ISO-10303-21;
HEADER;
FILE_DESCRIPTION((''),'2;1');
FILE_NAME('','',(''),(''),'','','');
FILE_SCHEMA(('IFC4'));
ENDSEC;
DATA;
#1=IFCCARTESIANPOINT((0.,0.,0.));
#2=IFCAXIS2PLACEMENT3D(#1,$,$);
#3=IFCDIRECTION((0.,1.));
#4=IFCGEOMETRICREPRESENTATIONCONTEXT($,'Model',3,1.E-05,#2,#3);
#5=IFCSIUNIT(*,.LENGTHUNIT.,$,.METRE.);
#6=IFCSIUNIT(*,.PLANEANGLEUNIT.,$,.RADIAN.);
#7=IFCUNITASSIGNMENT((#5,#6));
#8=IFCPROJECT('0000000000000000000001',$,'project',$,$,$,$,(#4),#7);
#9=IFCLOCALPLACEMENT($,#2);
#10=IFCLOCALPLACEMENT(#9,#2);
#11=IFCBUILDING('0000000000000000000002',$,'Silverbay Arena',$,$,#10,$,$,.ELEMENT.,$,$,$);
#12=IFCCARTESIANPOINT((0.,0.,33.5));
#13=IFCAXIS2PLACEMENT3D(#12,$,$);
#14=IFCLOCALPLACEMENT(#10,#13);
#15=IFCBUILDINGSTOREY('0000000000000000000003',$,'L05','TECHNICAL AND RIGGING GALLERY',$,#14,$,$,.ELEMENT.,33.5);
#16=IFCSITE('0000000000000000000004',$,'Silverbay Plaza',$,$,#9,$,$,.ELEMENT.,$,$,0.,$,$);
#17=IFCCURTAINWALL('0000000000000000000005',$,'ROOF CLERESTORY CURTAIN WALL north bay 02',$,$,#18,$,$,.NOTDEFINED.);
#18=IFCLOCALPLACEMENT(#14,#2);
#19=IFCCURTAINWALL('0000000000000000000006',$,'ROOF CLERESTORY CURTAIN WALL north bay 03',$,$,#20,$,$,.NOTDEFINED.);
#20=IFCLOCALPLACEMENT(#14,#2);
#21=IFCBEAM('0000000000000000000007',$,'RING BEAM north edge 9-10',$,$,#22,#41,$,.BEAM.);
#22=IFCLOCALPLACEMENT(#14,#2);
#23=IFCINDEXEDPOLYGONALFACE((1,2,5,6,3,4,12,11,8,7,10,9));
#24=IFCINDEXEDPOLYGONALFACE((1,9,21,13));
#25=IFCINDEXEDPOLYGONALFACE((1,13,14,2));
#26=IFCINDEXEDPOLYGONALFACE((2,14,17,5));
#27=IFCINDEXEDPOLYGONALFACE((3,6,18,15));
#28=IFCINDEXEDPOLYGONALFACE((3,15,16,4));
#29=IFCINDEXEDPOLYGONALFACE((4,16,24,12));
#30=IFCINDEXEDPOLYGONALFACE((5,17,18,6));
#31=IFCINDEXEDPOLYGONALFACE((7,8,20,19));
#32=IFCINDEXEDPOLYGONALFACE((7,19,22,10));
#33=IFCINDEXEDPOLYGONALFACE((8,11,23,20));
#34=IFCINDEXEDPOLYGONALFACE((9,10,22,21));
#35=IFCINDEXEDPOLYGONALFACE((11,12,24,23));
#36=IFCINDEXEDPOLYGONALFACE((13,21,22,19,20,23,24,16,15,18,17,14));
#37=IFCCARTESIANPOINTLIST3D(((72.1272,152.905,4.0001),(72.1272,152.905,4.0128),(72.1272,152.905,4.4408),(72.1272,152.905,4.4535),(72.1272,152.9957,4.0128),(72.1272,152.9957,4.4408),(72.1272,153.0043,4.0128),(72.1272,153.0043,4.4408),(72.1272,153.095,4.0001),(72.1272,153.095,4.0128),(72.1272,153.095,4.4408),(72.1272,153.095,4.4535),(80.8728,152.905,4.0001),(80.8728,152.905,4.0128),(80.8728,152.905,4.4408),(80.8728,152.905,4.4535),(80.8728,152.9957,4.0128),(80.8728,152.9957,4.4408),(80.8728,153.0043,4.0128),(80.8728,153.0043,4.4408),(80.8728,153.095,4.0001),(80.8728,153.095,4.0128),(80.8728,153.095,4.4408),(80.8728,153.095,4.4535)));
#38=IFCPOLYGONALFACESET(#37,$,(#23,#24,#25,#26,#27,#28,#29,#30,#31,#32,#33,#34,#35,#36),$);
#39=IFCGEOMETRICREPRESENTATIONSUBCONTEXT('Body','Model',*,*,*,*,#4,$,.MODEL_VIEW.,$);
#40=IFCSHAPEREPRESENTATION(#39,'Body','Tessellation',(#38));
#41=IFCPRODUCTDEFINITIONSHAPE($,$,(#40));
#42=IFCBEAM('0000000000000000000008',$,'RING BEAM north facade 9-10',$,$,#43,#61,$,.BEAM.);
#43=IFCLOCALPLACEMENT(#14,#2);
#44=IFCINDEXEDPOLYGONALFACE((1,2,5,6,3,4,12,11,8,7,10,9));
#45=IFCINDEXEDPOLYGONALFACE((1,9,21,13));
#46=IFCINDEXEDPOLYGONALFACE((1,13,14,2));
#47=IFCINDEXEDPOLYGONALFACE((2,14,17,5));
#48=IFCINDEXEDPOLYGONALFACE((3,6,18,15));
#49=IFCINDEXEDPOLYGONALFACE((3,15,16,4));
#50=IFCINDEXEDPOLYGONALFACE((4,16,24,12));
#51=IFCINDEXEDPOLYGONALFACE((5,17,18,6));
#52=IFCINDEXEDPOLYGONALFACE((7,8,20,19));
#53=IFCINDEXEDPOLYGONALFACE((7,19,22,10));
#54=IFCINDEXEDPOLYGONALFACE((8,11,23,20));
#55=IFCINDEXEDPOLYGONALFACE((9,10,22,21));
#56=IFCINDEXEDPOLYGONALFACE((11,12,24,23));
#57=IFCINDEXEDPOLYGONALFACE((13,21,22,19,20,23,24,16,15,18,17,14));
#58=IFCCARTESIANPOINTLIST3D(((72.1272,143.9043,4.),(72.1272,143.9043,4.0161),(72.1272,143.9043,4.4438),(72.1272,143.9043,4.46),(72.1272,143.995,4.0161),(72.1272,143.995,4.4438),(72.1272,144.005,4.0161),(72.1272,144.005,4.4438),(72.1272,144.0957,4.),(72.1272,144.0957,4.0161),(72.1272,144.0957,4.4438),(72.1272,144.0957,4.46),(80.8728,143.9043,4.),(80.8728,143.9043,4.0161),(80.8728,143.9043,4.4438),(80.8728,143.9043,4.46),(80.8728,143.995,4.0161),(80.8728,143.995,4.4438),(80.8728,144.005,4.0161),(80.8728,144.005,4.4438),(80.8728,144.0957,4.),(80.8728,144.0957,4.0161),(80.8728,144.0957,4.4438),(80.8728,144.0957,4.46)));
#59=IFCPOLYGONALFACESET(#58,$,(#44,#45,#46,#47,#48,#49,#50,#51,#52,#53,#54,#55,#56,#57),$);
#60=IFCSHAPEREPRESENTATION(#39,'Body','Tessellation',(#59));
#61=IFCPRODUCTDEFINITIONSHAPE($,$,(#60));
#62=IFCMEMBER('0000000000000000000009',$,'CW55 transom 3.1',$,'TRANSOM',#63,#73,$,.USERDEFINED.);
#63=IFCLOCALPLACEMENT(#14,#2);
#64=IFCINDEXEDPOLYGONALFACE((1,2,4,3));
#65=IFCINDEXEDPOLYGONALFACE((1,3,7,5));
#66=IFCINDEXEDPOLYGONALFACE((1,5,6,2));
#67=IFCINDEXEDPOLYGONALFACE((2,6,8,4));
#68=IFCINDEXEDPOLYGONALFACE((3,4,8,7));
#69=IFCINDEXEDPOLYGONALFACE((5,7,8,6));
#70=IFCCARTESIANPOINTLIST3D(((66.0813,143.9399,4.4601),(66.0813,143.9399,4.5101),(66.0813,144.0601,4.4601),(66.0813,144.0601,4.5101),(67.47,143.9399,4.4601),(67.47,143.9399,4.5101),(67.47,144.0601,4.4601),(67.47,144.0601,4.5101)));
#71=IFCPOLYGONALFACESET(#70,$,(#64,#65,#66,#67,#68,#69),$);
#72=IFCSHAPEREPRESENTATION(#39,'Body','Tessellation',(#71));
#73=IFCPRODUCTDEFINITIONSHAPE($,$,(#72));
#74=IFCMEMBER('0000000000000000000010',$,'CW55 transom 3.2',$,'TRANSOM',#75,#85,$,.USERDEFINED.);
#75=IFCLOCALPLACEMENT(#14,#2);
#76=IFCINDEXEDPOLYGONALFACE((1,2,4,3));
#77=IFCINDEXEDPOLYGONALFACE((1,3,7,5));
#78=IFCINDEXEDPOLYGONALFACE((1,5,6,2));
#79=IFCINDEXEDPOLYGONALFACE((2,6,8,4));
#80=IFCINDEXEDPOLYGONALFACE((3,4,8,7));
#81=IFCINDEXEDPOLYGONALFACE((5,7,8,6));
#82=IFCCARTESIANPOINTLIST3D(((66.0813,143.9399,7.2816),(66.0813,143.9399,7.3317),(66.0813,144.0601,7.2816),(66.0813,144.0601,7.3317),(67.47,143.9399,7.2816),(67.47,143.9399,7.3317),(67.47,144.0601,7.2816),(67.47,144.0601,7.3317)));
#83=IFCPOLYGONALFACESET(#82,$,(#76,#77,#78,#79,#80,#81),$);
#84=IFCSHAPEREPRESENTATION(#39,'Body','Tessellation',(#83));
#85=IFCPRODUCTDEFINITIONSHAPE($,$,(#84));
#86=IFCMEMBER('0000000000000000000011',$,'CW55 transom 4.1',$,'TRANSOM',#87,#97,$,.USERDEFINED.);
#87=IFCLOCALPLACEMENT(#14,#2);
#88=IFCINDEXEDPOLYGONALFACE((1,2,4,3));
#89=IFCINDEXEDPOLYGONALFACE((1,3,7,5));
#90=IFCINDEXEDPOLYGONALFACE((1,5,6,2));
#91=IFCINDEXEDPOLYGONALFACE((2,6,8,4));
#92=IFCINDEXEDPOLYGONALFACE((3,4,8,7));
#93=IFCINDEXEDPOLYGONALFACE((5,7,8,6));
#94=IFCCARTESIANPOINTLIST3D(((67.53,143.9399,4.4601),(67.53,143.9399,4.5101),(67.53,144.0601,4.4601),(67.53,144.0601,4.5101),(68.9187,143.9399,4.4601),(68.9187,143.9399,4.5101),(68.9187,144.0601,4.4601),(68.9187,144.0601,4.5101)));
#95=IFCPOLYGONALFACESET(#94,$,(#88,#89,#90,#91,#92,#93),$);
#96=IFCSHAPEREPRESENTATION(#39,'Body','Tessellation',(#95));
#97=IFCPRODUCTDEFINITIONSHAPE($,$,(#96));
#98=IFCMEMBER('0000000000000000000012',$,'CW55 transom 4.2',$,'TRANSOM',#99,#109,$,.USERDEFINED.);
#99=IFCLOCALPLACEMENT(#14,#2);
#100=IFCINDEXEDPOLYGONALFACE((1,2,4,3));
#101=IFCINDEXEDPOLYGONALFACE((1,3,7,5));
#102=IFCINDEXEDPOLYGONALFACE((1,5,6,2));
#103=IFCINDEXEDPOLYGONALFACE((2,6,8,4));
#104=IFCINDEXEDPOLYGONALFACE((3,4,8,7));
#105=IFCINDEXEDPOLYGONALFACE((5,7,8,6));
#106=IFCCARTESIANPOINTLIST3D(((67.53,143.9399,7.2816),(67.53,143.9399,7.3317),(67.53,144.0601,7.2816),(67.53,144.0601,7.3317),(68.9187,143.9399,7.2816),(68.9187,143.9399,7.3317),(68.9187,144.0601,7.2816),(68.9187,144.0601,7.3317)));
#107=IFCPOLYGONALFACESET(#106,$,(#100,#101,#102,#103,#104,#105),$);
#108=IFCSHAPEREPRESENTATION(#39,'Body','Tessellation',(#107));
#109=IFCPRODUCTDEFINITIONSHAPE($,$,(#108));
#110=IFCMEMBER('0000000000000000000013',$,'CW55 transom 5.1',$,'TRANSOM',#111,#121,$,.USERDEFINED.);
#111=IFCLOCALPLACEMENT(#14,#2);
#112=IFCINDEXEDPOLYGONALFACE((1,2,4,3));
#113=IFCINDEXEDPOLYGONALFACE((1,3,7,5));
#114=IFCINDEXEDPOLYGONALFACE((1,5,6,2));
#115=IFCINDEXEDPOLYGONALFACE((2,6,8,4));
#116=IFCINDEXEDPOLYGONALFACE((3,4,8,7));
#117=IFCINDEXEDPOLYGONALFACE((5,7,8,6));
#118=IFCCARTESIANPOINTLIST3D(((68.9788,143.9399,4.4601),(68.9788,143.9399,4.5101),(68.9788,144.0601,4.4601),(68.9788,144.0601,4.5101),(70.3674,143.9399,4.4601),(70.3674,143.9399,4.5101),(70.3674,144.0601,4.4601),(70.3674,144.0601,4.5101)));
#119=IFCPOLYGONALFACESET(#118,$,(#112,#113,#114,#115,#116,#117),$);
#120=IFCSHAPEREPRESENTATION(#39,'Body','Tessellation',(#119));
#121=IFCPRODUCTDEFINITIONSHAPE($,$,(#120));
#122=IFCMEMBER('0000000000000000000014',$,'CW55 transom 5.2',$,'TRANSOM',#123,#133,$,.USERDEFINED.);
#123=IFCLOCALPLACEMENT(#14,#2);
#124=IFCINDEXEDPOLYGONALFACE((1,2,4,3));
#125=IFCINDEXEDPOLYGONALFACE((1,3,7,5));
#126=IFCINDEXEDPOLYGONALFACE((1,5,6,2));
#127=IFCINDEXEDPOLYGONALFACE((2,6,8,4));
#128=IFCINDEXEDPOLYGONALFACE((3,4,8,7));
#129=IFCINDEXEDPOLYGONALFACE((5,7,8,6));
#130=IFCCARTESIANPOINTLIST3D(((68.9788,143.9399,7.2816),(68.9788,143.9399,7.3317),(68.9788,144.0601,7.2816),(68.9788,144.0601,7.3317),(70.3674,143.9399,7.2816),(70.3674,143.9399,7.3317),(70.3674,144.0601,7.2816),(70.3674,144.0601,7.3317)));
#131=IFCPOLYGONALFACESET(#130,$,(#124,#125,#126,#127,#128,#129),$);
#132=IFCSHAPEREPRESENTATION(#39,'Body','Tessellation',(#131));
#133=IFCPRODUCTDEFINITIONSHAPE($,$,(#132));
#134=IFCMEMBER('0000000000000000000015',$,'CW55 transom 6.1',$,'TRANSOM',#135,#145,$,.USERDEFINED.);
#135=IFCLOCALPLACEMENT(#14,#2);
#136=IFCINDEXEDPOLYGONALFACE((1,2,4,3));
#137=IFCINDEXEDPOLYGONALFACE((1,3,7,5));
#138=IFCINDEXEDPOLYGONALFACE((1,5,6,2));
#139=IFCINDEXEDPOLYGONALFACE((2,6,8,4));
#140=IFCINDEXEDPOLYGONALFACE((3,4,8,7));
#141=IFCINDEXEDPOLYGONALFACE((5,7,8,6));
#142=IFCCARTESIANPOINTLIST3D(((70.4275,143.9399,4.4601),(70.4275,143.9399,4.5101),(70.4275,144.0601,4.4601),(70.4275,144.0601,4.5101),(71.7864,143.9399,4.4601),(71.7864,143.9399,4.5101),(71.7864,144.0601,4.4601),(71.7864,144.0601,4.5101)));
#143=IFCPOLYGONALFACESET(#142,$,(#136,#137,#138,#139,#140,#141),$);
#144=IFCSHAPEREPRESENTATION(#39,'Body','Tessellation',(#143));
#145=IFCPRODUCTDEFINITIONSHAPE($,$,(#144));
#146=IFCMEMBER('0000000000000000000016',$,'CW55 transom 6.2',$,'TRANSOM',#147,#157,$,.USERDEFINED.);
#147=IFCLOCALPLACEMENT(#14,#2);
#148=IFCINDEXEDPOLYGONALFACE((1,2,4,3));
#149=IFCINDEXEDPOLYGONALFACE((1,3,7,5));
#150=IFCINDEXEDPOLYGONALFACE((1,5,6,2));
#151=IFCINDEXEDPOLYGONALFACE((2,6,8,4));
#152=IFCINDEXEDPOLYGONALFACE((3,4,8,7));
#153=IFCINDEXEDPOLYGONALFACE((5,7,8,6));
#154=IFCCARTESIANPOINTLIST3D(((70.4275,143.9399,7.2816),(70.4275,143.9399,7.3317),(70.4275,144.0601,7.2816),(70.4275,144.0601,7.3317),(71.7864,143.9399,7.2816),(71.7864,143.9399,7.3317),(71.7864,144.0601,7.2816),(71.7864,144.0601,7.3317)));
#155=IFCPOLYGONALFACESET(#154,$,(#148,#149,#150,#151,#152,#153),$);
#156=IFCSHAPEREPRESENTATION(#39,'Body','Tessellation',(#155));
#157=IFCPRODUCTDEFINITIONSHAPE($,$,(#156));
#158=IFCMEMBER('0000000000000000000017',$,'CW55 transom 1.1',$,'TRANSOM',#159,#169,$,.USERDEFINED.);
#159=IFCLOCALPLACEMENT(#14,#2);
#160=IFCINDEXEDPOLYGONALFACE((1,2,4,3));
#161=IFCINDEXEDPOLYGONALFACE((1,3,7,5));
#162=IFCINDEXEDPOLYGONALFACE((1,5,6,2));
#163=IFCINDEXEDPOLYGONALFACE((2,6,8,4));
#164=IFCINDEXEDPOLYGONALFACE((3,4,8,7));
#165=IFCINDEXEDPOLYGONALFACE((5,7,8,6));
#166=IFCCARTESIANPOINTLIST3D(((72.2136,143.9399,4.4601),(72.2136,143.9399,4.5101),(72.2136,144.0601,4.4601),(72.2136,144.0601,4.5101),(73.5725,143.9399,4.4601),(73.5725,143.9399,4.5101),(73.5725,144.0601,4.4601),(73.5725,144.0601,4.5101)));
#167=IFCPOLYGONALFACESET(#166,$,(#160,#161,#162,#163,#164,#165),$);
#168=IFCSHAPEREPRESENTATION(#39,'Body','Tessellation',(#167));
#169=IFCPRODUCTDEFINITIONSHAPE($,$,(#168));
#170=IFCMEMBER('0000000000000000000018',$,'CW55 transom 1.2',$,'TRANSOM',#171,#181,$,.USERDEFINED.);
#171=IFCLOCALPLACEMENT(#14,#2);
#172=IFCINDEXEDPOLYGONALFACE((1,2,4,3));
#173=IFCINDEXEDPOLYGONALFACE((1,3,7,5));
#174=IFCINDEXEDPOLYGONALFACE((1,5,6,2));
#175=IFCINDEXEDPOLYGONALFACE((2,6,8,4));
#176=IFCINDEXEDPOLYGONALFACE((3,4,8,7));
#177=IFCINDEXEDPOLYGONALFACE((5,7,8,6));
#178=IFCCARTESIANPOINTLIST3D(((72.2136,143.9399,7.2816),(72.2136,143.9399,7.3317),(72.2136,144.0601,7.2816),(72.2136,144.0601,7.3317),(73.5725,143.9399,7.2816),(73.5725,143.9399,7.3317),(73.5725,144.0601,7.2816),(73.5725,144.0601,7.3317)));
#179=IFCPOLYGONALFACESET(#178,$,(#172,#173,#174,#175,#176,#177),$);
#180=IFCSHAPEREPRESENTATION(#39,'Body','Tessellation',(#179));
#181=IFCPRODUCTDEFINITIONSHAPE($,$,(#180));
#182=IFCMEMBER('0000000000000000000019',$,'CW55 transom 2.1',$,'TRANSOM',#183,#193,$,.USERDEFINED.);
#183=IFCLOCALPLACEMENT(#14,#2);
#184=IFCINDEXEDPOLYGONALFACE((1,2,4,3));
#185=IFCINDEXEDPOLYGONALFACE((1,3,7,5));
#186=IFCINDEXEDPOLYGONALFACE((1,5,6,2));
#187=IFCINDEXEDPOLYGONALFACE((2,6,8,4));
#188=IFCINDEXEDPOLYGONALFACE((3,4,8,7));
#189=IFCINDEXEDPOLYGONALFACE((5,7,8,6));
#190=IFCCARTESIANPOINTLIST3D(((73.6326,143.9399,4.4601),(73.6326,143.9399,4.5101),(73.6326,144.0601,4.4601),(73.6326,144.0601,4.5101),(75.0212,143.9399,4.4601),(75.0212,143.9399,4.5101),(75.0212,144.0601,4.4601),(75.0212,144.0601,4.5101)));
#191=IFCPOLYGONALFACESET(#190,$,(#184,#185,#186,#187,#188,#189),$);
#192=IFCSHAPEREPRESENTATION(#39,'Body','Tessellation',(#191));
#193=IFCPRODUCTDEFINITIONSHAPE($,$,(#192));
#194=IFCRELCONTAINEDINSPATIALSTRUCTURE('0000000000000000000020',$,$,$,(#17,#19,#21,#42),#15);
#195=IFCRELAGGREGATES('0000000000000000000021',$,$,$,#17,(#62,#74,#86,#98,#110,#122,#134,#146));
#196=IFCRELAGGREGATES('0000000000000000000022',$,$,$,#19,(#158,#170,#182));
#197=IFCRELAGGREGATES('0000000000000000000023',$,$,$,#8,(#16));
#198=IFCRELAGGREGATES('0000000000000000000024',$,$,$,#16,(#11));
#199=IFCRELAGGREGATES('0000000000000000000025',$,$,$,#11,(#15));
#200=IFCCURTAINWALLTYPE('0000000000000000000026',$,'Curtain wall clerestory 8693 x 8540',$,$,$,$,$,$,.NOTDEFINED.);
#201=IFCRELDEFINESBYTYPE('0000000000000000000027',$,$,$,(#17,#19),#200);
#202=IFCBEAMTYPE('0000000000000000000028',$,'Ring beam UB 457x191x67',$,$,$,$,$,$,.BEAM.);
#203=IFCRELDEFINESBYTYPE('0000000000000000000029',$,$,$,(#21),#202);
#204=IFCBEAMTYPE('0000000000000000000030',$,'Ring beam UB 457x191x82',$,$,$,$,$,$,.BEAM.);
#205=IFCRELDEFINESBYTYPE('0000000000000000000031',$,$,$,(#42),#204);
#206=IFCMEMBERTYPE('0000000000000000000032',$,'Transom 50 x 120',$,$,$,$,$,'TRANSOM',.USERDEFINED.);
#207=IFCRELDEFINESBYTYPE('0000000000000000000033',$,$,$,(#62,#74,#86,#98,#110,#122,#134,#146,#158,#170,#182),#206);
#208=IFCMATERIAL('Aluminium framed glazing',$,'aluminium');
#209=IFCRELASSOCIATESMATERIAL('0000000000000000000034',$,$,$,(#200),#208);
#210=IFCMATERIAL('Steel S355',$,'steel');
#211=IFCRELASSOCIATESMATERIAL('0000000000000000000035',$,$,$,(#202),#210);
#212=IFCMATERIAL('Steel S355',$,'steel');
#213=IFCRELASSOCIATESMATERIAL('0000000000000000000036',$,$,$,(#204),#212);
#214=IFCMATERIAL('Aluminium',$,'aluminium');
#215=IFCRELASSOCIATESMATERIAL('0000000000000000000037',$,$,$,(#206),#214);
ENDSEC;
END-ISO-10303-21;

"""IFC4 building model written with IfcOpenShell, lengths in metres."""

from ifc_helpers import new_model, si_unit, direction, frame, origin, origin_2d, place, context, subcontext, project, spatial, rectangle, i_section, extrude, material, material_profile, profile_set, type_object, element, aggregate, save


model = new_model("IFC4")

# Units and contexts
model_context = context("Model", 3, precision=1e-05, world=origin(), true_north=direction((0.0, 1.0)))
body_context = subcontext(model_context, "Body", "Model", "MODEL_VIEW")
ifc_project = project(units=[si_unit("LENGTHUNIT", "METRE"), si_unit("PLANEANGLEUNIT", "RADIAN")], contexts=[model_context])

# Site, building, storey
site_placement = place(None, origin())
site = spatial("IfcSite", under=ifc_project, at=site_placement, Name="Silverbay Plaza", CompositionType="ELEMENT", RefElevation=0.0)
building_placement = place(site_placement, origin())
building = spatial("IfcBuilding", under=site, at=building_placement, Name="Silverbay Arena", CompositionType="ELEMENT")
storey_placement = place(building_placement, frame((0.0, 0.0, 33.5)))
storey = spatial("IfcBuildingStorey", under=building, at=storey_placement, Name="L05", Description="TECHNICAL AND RIGGING GALLERY", CompositionType="ELEMENT", Elevation=33.5)

# Curtain walls
ifc_material_1 = material(Name="Aluminium framed glazing", Category="aluminium")
curtain_wall_type = type_object("IfcCurtainWallType", Name="Curtain wall clerestory 8693 x 8540", PredefinedType="NOTDEFINED", material=ifc_material_1)
curtain_wall_1_placement = place(storey_placement, origin())
curtain_wall_1 = element("IfcCurtainWall", 1, at=curtain_wall_1_placement, inside=storey, type_object=curtain_wall_type, Name="ROOF CLERESTORY CURTAIN WALL north bay 02", PredefinedType="NOTDEFINED")
curtain_wall_2_placement = place(storey_placement, origin())
curtain_wall_2 = element("IfcCurtainWall", 2, at=curtain_wall_2_placement, inside=storey, type_object=curtain_wall_type, Name="ROOF CLERESTORY CURTAIN WALL north bay 03", PredefinedType="NOTDEFINED")

# Beams
ifc_material_2 = material(Name="Steel S355", Category="steel")
ifc_material_profile_1 = material_profile(ifc_material_2, i_section(OverallWidth=0.1899, OverallDepth=0.4534, WebThickness=0.0085, FlangeThickness=0.0127, at=origin_2d()), Name="UB 457x191x67")
ifc_profile_set_1 = profile_set([ifc_material_profile_1], Name="Steel S355")
beam_type_1 = type_object("IfcBeamType", Name="Ring beam UB 457x191x67", PredefinedType="BEAM", material=ifc_profile_set_1)
beam_1_placement = place(storey_placement, frame((72.1272, 153.0, 4.2268), z_axis=(1.0, 0.0, 0.0), x_axis=(0.0, 1.0, 0.0)))
element("IfcBeam", 3, at=beam_1_placement, inside=storey, type_object=beam_type_1, Name="RING BEAM north edge 9-10", PredefinedType="BEAM", context=body_context, shape_type="SweptSolid", body=[
    extrude(i_section(OverallWidth=0.1899, OverallDepth=0.4534, WebThickness=0.0085, FlangeThickness=0.0127, at=origin_2d()), origin(), (0.0, 0.0, 1.0), 8.7456),
])
ifc_material_3 = material(Name="Steel S355", Category="steel")
ifc_material_profile_2 = material_profile(ifc_material_3, i_section(OverallWidth=0.1914, OverallDepth=0.46, WebThickness=0.01, FlangeThickness=0.0161, at=origin_2d()), Name="UB 457x191x82")
ifc_profile_set_2 = profile_set([ifc_material_profile_2], Name="Steel S355")
beam_type_2 = type_object("IfcBeamType", Name="Ring beam UB 457x191x82", PredefinedType="BEAM", material=ifc_profile_set_2)
beam_2_placement = place(storey_placement, frame((72.1272, 144.0, 4.23), z_axis=(1.0, 0.0, 0.0), x_axis=(0.0, 1.0, 0.0)))
element("IfcBeam", 4, at=beam_2_placement, inside=storey, type_object=beam_type_2, Name="RING BEAM north facade 9-10", PredefinedType="BEAM", context=body_context, shape_type="SweptSolid", body=[
    extrude(i_section(OverallWidth=0.1914, OverallDepth=0.46, WebThickness=0.01, FlangeThickness=0.0161, at=origin_2d()), origin(), (0.0, 0.0, 1.0), 8.7456),
])

# Members
ifc_material_4 = material(Name="Aluminium", Category="aluminium")
ifc_material_profile_3 = material_profile(ifc_material_4, rectangle(XDim=0.1201, YDim=0.05, at=origin_2d()), Name="Transom 50 x 120")
ifc_profile_set_3 = profile_set([ifc_material_profile_3], Name="Aluminium")
member_type_1 = type_object("IfcMemberType", Name="Transom 50 x 120", ElementType="TRANSOM", PredefinedType="USERDEFINED", material=ifc_profile_set_3)
member_1_placement = place(storey_placement, frame((66.0813, 144.0, 4.4851), z_axis=(1.0, 0.0, 0.0), x_axis=(0.0, 1.0, 0.0)))
member_1 = element("IfcMember", 5, at=member_1_placement, type_object=member_type_1, Name="CW55 transom 3.1", ObjectType="TRANSOM", PredefinedType="USERDEFINED", context=body_context, shape_type="SweptSolid", body=[
    extrude(rectangle(XDim=0.1201, YDim=0.05, at=origin_2d()), origin(), (0.0, 0.0, 1.0), 1.3887),
])
member_2_placement = place(storey_placement, frame((66.0813, 144.0, 7.3066), z_axis=(1.0, 0.0, 0.0), x_axis=(0.0, 1.0, 0.0)))
member_2 = element("IfcMember", 6, at=member_2_placement, type_object=member_type_1, Name="CW55 transom 3.2", ObjectType="TRANSOM", PredefinedType="USERDEFINED", context=body_context, shape_type="SweptSolid", body=[
    extrude(rectangle(XDim=0.1201, YDim=0.05, at=origin_2d()), origin(), (0.0, 0.0, 1.0), 1.3887),
])
member_3_placement = place(storey_placement, frame((67.53, 144.0, 4.4851), z_axis=(1.0, 0.0, 0.0), x_axis=(0.0, 1.0, 0.0)))
member_3 = element("IfcMember", 7, at=member_3_placement, type_object=member_type_1, Name="CW55 transom 4.1", ObjectType="TRANSOM", PredefinedType="USERDEFINED", context=body_context, shape_type="SweptSolid", body=[
    extrude(rectangle(XDim=0.1201, YDim=0.05, at=origin_2d()), origin(), (0.0, 0.0, 1.0), 1.3887),
])
member_4_placement = place(storey_placement, frame((67.53, 144.0, 7.3066), z_axis=(1.0, 0.0, 0.0), x_axis=(0.0, 1.0, 0.0)))
member_4 = element("IfcMember", 8, at=member_4_placement, type_object=member_type_1, Name="CW55 transom 4.2", ObjectType="TRANSOM", PredefinedType="USERDEFINED", context=body_context, shape_type="SweptSolid", body=[
    extrude(rectangle(XDim=0.1201, YDim=0.05, at=origin_2d()), origin(), (0.0, 0.0, 1.0), 1.3887),
])
member_5_placement = place(storey_placement, frame((68.9788, 144.0, 4.4851), z_axis=(1.0, 0.0, 0.0), x_axis=(0.0, 1.0, 0.0)))
member_5 = element("IfcMember", 9, at=member_5_placement, type_object=member_type_1, Name="CW55 transom 5.1", ObjectType="TRANSOM", PredefinedType="USERDEFINED", context=body_context, shape_type="SweptSolid", body=[
    extrude(rectangle(XDim=0.1201, YDim=0.05, at=origin_2d()), origin(), (0.0, 0.0, 1.0), 1.3887),
])
member_6_placement = place(storey_placement, frame((68.9788, 144.0, 7.3066), z_axis=(1.0, 0.0, 0.0), x_axis=(0.0, 1.0, 0.0)))
member_6 = element("IfcMember", 10, at=member_6_placement, type_object=member_type_1, Name="CW55 transom 5.2", ObjectType="TRANSOM", PredefinedType="USERDEFINED", context=body_context, shape_type="SweptSolid", body=[
    extrude(rectangle(XDim=0.1201, YDim=0.05, at=origin_2d()), origin(), (0.0, 0.0, 1.0), 1.3887),
])
member_7_placement = place(storey_placement, frame((70.4275, 144.0, 4.4851), z_axis=(1.0, 0.0, 0.0), x_axis=(0.0, 1.0, 0.0)))
member_7 = element("IfcMember", 11, at=member_7_placement, type_object=member_type_1, Name="CW55 transom 6.1", ObjectType="TRANSOM", PredefinedType="USERDEFINED", context=body_context, shape_type="SweptSolid", body=[
    extrude(rectangle(XDim=0.1201, YDim=0.05, at=origin_2d()), origin(), (0.0, 0.0, 1.0), 1.3589),
])
member_8_placement = place(storey_placement, frame((70.4275, 144.0, 7.3066), z_axis=(1.0, 0.0, 0.0), x_axis=(0.0, 1.0, 0.0)))
member_8 = element("IfcMember", 12, at=member_8_placement, type_object=member_type_1, Name="CW55 transom 6.2", ObjectType="TRANSOM", PredefinedType="USERDEFINED", context=body_context, shape_type="SweptSolid", body=[
    extrude(rectangle(XDim=0.1201, YDim=0.05, at=origin_2d()), origin(), (0.0, 0.0, 1.0), 1.3589),
])
member_9_placement = place(storey_placement, frame((72.2136, 144.0, 4.4851), z_axis=(1.0, 0.0, 0.0), x_axis=(0.0, 1.0, 0.0)))
member_9 = element("IfcMember", 13, at=member_9_placement, type_object=member_type_1, Name="CW55 transom 1.1", ObjectType="TRANSOM", PredefinedType="USERDEFINED", context=body_context, shape_type="SweptSolid", body=[
    extrude(rectangle(XDim=0.1201, YDim=0.05, at=origin_2d()), origin(), (0.0, 0.0, 1.0), 1.3589),
])
member_10_placement = place(storey_placement, frame((72.2136, 144.0, 7.3066), z_axis=(1.0, 0.0, 0.0), x_axis=(0.0, 1.0, 0.0)))
member_10 = element("IfcMember", 14, at=member_10_placement, type_object=member_type_1, Name="CW55 transom 1.2", ObjectType="TRANSOM", PredefinedType="USERDEFINED", context=body_context, shape_type="SweptSolid", body=[
    extrude(rectangle(XDim=0.1201, YDim=0.05, at=origin_2d()), origin(), (0.0, 0.0, 1.0), 1.3589),
])
member_11_placement = place(storey_placement, frame((73.6326, 144.0, 4.4851), z_axis=(1.0, 0.0, 0.0), x_axis=(0.0, 1.0, 0.0)))
member_11 = element("IfcMember", 15, at=member_11_placement, type_object=member_type_1, Name="CW55 transom 2.1", ObjectType="TRANSOM", PredefinedType="USERDEFINED", context=body_context, shape_type="SweptSolid", body=[
    extrude(rectangle(XDim=0.1201, YDim=0.05, at=origin_2d()), origin(), (0.0, 0.0, 1.0), 1.3887),
])

aggregate(curtain_wall_1, [member_1, member_2, member_3, member_4, member_5, member_6, member_7, member_8])
aggregate(curtain_wall_2, [member_9, member_10, member_11])

save(model, "model.ifc")
